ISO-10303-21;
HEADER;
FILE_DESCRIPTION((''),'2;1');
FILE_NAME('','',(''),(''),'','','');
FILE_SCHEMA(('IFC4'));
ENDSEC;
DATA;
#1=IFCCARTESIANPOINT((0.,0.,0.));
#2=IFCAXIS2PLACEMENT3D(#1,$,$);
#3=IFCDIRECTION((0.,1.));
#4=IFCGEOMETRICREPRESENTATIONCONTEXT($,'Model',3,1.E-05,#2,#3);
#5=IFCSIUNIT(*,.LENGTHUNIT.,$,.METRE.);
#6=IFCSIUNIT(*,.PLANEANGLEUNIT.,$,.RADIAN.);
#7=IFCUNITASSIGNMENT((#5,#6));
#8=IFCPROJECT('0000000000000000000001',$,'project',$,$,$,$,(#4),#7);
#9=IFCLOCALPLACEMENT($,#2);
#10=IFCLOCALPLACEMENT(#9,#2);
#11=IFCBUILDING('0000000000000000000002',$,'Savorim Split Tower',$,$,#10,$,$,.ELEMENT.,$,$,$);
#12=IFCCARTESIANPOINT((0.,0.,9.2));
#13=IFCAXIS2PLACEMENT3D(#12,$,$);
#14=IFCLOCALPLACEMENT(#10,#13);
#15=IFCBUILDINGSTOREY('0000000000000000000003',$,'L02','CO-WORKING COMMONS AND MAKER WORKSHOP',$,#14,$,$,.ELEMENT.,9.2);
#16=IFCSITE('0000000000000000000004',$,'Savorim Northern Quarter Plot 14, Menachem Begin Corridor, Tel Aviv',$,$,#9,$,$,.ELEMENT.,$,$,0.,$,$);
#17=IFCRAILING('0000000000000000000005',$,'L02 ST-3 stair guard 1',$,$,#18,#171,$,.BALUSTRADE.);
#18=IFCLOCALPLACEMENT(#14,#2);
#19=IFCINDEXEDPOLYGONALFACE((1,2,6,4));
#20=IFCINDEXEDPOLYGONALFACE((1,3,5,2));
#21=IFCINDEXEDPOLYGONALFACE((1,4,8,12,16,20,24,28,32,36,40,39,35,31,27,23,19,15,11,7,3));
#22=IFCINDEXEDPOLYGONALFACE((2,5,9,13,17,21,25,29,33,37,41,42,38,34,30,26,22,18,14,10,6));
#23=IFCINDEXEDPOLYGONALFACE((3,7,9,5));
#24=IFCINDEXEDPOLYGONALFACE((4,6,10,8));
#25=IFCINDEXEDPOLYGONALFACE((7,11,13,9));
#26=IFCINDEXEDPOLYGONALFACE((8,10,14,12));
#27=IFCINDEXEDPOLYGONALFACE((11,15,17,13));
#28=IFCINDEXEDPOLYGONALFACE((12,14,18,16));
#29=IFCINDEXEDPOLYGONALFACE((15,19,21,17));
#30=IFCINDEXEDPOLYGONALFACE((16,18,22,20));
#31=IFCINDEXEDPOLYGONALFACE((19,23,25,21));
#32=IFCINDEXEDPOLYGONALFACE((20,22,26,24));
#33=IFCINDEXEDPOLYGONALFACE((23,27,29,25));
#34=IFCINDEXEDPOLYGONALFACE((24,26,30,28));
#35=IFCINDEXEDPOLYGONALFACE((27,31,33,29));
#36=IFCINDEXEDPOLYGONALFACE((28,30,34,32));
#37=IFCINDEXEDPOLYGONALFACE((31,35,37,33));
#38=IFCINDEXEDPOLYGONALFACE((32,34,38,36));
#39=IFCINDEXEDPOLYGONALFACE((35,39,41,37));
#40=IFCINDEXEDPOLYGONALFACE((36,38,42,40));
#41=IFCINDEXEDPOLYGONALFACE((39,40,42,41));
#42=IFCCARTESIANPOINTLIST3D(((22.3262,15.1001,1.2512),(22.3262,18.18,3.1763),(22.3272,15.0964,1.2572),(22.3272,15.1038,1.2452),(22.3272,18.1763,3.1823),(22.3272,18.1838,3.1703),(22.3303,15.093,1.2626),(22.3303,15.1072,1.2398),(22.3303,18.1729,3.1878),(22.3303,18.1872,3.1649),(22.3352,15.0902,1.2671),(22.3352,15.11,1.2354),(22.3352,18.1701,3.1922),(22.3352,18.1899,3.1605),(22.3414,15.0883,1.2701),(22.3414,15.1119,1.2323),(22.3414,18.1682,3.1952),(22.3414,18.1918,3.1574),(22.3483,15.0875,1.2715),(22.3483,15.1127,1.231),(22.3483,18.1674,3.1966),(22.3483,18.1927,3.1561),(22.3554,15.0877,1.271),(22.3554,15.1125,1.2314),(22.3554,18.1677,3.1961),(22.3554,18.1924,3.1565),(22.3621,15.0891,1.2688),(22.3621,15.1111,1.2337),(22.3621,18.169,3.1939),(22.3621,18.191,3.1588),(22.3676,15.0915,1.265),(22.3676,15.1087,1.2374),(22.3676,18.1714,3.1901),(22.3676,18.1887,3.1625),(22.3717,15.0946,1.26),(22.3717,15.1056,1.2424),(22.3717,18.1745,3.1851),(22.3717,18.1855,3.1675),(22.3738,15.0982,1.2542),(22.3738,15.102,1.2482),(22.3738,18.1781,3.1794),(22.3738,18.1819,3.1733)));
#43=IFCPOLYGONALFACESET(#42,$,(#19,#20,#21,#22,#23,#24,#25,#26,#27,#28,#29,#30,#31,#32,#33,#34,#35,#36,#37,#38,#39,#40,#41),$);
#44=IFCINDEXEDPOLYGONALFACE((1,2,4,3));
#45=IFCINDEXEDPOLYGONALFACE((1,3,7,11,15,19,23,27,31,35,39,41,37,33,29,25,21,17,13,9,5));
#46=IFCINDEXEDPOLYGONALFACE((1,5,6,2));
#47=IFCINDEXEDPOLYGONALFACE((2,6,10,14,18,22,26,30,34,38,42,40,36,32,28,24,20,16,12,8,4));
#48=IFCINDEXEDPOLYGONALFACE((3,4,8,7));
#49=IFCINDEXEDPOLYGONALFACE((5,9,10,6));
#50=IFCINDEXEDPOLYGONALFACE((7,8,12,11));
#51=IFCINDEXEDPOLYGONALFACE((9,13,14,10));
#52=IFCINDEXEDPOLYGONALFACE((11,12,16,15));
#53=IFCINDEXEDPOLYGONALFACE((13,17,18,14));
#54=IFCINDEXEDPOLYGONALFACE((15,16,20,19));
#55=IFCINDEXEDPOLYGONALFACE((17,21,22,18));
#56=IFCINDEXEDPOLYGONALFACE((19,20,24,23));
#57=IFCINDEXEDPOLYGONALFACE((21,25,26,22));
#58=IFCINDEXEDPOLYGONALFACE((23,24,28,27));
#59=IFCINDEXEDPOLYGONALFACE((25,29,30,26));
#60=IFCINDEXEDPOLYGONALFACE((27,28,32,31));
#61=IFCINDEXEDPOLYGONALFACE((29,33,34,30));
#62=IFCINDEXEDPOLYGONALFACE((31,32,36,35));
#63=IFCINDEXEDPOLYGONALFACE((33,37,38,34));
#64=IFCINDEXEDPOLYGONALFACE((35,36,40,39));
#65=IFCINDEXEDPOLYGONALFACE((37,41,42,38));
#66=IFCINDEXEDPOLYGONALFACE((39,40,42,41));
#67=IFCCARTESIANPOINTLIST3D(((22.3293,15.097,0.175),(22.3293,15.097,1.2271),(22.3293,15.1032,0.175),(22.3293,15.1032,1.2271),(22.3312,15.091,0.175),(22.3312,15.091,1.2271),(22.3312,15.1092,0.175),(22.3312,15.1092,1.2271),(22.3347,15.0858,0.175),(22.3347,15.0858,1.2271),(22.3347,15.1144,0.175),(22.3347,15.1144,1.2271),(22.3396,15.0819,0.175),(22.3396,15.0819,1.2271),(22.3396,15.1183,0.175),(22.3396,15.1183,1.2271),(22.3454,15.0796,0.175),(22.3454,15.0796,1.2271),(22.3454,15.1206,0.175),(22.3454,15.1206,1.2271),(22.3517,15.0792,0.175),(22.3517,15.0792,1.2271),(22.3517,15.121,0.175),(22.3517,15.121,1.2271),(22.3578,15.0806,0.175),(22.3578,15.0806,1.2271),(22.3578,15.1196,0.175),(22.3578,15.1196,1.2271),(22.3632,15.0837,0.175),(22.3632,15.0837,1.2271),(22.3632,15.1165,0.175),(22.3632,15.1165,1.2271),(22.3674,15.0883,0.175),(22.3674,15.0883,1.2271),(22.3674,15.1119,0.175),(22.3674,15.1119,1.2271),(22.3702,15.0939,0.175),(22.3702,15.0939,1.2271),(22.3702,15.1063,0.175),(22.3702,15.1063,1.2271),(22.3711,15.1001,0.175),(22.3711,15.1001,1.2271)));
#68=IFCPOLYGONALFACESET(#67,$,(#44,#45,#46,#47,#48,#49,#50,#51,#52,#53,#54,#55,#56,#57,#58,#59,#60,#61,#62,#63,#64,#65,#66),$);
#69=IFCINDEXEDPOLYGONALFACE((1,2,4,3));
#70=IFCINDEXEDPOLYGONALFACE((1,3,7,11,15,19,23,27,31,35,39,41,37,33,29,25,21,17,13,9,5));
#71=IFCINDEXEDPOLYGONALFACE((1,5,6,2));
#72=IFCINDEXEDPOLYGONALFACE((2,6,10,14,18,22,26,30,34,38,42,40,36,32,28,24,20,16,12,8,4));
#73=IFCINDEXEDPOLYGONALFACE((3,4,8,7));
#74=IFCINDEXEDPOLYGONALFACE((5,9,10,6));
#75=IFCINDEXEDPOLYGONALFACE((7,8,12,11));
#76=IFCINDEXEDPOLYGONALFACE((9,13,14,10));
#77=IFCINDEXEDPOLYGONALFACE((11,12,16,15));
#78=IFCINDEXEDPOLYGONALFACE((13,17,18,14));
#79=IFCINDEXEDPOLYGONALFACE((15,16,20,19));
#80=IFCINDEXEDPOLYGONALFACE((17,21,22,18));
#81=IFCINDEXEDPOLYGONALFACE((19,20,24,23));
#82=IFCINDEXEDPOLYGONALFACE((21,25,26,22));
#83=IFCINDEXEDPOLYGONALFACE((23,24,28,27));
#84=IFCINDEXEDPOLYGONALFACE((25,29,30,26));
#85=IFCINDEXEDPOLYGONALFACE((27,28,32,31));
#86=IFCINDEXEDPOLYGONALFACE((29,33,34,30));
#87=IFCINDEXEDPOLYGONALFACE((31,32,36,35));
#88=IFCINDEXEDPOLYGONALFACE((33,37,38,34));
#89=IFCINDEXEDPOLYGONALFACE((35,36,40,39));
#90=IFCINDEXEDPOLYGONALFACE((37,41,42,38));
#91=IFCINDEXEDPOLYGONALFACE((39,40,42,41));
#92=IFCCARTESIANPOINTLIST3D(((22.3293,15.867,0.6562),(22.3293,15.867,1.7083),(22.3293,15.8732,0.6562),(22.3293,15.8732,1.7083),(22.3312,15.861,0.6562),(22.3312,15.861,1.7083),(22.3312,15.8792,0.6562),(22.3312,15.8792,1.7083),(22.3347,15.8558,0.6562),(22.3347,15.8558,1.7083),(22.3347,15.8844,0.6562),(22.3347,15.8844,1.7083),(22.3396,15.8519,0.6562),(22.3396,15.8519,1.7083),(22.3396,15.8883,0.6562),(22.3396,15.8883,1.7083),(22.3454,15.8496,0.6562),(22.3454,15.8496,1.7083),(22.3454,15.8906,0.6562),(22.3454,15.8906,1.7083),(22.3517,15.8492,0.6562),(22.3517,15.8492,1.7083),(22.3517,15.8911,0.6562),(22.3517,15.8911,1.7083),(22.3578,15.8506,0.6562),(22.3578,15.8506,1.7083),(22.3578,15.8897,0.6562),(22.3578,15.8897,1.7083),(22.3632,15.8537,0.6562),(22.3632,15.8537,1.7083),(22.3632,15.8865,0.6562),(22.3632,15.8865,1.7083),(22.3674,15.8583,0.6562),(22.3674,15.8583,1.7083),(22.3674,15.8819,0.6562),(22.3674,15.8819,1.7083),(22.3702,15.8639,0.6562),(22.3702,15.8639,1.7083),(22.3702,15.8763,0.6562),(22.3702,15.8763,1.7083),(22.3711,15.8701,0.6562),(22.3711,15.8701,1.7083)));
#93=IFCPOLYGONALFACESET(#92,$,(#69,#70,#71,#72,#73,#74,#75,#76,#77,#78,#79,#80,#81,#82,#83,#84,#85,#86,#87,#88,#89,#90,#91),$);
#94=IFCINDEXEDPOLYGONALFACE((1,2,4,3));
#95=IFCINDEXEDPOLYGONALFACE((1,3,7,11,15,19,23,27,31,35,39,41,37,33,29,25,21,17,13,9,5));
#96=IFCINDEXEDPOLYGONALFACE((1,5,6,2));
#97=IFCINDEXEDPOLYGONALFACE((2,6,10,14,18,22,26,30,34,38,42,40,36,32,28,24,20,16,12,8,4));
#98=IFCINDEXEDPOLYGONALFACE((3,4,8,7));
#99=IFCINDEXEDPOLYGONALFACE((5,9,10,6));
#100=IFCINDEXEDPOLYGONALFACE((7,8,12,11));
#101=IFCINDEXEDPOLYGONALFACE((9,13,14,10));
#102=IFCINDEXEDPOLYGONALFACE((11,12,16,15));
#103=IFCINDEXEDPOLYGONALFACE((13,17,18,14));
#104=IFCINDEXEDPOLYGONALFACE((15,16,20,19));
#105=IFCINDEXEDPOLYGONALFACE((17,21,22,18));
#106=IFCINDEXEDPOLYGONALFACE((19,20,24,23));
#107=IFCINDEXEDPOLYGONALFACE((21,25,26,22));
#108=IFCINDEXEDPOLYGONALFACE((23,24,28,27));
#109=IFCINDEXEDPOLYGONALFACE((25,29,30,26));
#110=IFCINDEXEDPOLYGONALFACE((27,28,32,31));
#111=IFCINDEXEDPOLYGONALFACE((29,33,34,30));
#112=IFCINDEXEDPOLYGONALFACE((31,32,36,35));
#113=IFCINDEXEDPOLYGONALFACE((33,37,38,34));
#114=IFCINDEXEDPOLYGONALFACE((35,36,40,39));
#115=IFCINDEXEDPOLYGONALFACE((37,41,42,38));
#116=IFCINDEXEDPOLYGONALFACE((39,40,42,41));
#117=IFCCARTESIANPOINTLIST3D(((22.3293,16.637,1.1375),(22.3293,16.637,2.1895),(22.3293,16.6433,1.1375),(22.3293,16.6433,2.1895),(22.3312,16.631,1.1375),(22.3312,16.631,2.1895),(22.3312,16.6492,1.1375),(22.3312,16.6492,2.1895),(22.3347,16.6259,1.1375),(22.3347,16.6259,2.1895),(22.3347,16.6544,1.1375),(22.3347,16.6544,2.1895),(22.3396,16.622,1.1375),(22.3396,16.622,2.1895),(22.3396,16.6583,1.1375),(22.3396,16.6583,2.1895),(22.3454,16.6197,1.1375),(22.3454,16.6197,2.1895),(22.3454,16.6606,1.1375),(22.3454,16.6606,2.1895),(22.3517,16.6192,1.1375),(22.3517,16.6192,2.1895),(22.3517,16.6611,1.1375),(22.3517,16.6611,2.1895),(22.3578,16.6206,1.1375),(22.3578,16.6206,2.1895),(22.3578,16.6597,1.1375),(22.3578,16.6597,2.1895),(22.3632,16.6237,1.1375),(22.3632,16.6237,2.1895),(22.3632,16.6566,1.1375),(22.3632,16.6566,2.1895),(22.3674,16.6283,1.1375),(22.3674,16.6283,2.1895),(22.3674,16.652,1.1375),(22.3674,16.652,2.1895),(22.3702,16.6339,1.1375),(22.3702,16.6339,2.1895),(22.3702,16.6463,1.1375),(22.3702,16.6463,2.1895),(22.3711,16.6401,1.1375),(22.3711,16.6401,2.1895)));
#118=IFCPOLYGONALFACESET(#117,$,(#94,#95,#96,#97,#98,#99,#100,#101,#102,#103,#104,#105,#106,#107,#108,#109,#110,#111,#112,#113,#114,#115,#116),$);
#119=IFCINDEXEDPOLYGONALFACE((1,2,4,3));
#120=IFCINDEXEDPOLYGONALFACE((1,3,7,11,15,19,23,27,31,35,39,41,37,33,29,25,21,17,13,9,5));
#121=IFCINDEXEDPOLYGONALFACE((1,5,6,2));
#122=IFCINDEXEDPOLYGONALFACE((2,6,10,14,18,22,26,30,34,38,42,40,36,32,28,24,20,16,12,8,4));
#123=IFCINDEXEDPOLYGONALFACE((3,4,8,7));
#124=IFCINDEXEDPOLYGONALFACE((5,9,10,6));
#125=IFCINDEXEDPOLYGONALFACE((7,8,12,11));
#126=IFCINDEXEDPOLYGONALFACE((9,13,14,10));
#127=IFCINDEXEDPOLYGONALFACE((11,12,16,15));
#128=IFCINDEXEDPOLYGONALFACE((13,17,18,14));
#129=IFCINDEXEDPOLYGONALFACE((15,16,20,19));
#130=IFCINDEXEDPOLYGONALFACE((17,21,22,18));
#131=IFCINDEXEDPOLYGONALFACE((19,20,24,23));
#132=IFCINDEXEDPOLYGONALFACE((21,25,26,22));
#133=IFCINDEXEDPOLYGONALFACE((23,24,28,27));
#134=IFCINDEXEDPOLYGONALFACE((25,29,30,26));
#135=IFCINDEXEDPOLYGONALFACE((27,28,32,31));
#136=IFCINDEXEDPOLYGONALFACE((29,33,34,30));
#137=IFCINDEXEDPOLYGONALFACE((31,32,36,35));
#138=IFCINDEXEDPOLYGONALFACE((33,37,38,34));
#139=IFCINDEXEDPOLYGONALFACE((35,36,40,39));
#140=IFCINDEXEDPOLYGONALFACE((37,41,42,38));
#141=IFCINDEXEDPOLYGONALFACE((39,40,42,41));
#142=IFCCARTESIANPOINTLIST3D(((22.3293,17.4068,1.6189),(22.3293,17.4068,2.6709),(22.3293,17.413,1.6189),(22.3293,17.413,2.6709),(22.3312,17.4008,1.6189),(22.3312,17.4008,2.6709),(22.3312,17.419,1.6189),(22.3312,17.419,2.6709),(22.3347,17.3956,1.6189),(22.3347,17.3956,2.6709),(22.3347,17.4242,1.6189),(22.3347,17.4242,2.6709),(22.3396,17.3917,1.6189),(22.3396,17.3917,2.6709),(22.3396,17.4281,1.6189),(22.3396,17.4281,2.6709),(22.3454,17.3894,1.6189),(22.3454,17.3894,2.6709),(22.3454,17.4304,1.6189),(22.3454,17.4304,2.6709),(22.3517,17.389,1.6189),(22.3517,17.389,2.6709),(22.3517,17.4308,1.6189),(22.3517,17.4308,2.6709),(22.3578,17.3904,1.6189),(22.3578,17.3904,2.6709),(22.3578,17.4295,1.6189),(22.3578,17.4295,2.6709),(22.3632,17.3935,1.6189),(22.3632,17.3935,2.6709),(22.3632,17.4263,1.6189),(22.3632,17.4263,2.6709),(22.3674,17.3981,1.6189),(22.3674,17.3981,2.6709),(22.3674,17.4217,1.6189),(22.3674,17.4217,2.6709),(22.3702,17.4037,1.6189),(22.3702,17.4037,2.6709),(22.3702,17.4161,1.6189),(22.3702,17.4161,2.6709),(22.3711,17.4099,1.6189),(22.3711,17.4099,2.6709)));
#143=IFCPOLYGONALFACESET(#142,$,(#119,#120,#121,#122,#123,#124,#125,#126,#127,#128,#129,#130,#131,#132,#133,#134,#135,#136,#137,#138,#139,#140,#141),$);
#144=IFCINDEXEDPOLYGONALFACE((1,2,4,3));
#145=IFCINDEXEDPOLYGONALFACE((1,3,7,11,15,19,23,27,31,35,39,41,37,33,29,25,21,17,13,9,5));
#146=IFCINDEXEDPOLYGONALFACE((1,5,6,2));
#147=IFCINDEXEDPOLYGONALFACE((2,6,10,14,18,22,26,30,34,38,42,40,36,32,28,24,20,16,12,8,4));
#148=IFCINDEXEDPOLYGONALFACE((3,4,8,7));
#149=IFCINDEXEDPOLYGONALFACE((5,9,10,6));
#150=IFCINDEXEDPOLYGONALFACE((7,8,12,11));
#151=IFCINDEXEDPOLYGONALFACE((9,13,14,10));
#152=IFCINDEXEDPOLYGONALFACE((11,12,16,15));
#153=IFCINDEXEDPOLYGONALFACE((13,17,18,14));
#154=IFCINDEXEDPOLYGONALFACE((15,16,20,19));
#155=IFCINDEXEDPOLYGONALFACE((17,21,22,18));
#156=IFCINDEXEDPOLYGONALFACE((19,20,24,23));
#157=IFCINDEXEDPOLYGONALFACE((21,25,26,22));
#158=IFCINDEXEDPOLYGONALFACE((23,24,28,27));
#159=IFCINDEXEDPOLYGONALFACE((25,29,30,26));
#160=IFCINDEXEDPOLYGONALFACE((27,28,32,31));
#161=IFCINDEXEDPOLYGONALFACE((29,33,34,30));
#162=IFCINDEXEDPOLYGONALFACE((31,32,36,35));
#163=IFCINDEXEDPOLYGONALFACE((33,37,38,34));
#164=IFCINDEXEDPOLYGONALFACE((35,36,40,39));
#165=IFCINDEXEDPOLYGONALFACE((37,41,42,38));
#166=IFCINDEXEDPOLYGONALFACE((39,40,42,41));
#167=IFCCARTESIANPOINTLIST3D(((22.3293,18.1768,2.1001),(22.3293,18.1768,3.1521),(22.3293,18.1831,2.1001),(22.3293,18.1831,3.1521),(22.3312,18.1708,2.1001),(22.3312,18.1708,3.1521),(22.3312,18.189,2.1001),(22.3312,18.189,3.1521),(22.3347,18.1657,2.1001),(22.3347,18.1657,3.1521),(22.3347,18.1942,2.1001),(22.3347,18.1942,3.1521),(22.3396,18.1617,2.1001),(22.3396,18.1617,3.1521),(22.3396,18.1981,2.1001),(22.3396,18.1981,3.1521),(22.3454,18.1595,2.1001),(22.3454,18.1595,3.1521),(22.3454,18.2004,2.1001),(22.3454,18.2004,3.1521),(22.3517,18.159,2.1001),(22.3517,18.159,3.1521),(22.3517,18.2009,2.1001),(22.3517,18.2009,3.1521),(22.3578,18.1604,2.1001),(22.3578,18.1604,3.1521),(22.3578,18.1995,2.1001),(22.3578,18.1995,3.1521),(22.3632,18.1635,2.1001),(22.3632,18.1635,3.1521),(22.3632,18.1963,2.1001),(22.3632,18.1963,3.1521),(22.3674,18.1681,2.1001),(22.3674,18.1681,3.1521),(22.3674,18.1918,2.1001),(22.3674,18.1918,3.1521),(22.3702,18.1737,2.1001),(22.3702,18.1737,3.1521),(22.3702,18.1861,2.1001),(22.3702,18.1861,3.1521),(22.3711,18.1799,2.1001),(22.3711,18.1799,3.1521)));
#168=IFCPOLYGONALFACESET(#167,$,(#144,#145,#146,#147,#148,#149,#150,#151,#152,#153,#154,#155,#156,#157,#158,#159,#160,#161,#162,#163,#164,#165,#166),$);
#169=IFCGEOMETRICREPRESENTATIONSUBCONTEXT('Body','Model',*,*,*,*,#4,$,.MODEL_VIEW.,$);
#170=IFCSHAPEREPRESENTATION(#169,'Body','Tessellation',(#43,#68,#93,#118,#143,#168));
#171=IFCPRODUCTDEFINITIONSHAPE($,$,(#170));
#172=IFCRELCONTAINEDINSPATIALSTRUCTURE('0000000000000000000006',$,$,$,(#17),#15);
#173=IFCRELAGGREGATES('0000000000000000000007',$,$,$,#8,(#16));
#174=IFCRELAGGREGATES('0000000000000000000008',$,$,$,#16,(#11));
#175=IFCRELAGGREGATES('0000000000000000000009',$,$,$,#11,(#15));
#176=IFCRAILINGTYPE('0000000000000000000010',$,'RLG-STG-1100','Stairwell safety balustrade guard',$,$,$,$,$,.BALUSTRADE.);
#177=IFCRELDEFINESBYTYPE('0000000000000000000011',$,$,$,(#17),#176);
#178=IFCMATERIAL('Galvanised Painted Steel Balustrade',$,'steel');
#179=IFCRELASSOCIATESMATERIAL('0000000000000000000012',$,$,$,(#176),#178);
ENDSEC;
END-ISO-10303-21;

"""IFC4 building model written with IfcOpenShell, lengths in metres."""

from ifc_helpers import new_model, si_unit, direction, frame, origin, origin_2d, place, context, subcontext, project, spatial, circle, extrude, material, type_object, element, save


model = new_model("IFC4")

# Units and contexts
model_context = context("Model", 3, precision=1e-05, world=origin(), true_north=direction((0.0, 1.0)))
body_context = subcontext(model_context, "Body", "Model", "MODEL_VIEW")
ifc_project = project(units=[si_unit("LENGTHUNIT", "METRE"), si_unit("PLANEANGLEUNIT", "RADIAN")], contexts=[model_context])

# Site, building, storey
site_placement = place(None, origin())
site = spatial("IfcSite", under=ifc_project, at=site_placement, Name="Savorim Northern Quarter Plot 14, Menachem Begin Corridor, Tel Aviv", CompositionType="ELEMENT", RefElevation=0.0)
building_placement = place(site_placement, origin())
building = spatial("IfcBuilding", under=site, at=building_placement, Name="Savorim Split Tower", CompositionType="ELEMENT")
storey_placement = place(building_placement, frame((0.0, 0.0, 9.2)))
storey = spatial("IfcBuildingStorey", under=building, at=storey_placement, Name="L02", Description="CO-WORKING COMMONS AND MAKER WORKSHOP", CompositionType="ELEMENT", Elevation=9.2)

# Railing
ifc_material_1 = material(Name="Galvanised Painted Steel Balustrade", Category="steel")
railing_type_1 = type_object("IfcRailingType", Name="RLG-STG-1100", Description="Stairwell safety balustrade guard", PredefinedType="BALUSTRADE", material=ifc_material_1)
railing_1_placement = place(storey_placement, frame((22.3501, 15.1001, 0.175)))
element("IfcRailing", 1, at=railing_1_placement, inside=storey, type_object=railing_type_1, Name="L02 ST-3 stair guard 1", PredefinedType="BALUSTRADE", context=body_context, shape_type="SweptSolid", body=[
    extrude(circle(Radius=0.0239, at=origin_2d()), frame((0.0, 0.0, 1.0762), z_axis=(0.0, 0.847979, 0.530029), x_axis=(-1.0, 0.0, 0.0)), (0.0, 0.0, 1.0), 3.6321),
    extrude(circle(Radius=0.021, at=origin_2d()), origin(), (0.0, 0.0, 1.0), 1.052),
    extrude(circle(Radius=0.021, at=origin_2d()), frame((0.0, 0.77, 0.4812)), (0.0, 0.0, 1.0), 1.052),
    extrude(circle(Radius=0.021, at=origin_2d()), frame((0.0, 1.54, 0.9624)), (0.0, 0.0, 1.0), 1.052),
    extrude(circle(Radius=0.021, at=origin_2d()), frame((0.0, 2.3098, 1.4438)), (0.0, 0.0, 1.0), 1.052),
    extrude(circle(Radius=0.021, at=origin_2d()), frame((0.0, 3.0798, 1.925)), (0.0, 0.0, 1.0), 1.052),
])

save(model, "model.ifc")
